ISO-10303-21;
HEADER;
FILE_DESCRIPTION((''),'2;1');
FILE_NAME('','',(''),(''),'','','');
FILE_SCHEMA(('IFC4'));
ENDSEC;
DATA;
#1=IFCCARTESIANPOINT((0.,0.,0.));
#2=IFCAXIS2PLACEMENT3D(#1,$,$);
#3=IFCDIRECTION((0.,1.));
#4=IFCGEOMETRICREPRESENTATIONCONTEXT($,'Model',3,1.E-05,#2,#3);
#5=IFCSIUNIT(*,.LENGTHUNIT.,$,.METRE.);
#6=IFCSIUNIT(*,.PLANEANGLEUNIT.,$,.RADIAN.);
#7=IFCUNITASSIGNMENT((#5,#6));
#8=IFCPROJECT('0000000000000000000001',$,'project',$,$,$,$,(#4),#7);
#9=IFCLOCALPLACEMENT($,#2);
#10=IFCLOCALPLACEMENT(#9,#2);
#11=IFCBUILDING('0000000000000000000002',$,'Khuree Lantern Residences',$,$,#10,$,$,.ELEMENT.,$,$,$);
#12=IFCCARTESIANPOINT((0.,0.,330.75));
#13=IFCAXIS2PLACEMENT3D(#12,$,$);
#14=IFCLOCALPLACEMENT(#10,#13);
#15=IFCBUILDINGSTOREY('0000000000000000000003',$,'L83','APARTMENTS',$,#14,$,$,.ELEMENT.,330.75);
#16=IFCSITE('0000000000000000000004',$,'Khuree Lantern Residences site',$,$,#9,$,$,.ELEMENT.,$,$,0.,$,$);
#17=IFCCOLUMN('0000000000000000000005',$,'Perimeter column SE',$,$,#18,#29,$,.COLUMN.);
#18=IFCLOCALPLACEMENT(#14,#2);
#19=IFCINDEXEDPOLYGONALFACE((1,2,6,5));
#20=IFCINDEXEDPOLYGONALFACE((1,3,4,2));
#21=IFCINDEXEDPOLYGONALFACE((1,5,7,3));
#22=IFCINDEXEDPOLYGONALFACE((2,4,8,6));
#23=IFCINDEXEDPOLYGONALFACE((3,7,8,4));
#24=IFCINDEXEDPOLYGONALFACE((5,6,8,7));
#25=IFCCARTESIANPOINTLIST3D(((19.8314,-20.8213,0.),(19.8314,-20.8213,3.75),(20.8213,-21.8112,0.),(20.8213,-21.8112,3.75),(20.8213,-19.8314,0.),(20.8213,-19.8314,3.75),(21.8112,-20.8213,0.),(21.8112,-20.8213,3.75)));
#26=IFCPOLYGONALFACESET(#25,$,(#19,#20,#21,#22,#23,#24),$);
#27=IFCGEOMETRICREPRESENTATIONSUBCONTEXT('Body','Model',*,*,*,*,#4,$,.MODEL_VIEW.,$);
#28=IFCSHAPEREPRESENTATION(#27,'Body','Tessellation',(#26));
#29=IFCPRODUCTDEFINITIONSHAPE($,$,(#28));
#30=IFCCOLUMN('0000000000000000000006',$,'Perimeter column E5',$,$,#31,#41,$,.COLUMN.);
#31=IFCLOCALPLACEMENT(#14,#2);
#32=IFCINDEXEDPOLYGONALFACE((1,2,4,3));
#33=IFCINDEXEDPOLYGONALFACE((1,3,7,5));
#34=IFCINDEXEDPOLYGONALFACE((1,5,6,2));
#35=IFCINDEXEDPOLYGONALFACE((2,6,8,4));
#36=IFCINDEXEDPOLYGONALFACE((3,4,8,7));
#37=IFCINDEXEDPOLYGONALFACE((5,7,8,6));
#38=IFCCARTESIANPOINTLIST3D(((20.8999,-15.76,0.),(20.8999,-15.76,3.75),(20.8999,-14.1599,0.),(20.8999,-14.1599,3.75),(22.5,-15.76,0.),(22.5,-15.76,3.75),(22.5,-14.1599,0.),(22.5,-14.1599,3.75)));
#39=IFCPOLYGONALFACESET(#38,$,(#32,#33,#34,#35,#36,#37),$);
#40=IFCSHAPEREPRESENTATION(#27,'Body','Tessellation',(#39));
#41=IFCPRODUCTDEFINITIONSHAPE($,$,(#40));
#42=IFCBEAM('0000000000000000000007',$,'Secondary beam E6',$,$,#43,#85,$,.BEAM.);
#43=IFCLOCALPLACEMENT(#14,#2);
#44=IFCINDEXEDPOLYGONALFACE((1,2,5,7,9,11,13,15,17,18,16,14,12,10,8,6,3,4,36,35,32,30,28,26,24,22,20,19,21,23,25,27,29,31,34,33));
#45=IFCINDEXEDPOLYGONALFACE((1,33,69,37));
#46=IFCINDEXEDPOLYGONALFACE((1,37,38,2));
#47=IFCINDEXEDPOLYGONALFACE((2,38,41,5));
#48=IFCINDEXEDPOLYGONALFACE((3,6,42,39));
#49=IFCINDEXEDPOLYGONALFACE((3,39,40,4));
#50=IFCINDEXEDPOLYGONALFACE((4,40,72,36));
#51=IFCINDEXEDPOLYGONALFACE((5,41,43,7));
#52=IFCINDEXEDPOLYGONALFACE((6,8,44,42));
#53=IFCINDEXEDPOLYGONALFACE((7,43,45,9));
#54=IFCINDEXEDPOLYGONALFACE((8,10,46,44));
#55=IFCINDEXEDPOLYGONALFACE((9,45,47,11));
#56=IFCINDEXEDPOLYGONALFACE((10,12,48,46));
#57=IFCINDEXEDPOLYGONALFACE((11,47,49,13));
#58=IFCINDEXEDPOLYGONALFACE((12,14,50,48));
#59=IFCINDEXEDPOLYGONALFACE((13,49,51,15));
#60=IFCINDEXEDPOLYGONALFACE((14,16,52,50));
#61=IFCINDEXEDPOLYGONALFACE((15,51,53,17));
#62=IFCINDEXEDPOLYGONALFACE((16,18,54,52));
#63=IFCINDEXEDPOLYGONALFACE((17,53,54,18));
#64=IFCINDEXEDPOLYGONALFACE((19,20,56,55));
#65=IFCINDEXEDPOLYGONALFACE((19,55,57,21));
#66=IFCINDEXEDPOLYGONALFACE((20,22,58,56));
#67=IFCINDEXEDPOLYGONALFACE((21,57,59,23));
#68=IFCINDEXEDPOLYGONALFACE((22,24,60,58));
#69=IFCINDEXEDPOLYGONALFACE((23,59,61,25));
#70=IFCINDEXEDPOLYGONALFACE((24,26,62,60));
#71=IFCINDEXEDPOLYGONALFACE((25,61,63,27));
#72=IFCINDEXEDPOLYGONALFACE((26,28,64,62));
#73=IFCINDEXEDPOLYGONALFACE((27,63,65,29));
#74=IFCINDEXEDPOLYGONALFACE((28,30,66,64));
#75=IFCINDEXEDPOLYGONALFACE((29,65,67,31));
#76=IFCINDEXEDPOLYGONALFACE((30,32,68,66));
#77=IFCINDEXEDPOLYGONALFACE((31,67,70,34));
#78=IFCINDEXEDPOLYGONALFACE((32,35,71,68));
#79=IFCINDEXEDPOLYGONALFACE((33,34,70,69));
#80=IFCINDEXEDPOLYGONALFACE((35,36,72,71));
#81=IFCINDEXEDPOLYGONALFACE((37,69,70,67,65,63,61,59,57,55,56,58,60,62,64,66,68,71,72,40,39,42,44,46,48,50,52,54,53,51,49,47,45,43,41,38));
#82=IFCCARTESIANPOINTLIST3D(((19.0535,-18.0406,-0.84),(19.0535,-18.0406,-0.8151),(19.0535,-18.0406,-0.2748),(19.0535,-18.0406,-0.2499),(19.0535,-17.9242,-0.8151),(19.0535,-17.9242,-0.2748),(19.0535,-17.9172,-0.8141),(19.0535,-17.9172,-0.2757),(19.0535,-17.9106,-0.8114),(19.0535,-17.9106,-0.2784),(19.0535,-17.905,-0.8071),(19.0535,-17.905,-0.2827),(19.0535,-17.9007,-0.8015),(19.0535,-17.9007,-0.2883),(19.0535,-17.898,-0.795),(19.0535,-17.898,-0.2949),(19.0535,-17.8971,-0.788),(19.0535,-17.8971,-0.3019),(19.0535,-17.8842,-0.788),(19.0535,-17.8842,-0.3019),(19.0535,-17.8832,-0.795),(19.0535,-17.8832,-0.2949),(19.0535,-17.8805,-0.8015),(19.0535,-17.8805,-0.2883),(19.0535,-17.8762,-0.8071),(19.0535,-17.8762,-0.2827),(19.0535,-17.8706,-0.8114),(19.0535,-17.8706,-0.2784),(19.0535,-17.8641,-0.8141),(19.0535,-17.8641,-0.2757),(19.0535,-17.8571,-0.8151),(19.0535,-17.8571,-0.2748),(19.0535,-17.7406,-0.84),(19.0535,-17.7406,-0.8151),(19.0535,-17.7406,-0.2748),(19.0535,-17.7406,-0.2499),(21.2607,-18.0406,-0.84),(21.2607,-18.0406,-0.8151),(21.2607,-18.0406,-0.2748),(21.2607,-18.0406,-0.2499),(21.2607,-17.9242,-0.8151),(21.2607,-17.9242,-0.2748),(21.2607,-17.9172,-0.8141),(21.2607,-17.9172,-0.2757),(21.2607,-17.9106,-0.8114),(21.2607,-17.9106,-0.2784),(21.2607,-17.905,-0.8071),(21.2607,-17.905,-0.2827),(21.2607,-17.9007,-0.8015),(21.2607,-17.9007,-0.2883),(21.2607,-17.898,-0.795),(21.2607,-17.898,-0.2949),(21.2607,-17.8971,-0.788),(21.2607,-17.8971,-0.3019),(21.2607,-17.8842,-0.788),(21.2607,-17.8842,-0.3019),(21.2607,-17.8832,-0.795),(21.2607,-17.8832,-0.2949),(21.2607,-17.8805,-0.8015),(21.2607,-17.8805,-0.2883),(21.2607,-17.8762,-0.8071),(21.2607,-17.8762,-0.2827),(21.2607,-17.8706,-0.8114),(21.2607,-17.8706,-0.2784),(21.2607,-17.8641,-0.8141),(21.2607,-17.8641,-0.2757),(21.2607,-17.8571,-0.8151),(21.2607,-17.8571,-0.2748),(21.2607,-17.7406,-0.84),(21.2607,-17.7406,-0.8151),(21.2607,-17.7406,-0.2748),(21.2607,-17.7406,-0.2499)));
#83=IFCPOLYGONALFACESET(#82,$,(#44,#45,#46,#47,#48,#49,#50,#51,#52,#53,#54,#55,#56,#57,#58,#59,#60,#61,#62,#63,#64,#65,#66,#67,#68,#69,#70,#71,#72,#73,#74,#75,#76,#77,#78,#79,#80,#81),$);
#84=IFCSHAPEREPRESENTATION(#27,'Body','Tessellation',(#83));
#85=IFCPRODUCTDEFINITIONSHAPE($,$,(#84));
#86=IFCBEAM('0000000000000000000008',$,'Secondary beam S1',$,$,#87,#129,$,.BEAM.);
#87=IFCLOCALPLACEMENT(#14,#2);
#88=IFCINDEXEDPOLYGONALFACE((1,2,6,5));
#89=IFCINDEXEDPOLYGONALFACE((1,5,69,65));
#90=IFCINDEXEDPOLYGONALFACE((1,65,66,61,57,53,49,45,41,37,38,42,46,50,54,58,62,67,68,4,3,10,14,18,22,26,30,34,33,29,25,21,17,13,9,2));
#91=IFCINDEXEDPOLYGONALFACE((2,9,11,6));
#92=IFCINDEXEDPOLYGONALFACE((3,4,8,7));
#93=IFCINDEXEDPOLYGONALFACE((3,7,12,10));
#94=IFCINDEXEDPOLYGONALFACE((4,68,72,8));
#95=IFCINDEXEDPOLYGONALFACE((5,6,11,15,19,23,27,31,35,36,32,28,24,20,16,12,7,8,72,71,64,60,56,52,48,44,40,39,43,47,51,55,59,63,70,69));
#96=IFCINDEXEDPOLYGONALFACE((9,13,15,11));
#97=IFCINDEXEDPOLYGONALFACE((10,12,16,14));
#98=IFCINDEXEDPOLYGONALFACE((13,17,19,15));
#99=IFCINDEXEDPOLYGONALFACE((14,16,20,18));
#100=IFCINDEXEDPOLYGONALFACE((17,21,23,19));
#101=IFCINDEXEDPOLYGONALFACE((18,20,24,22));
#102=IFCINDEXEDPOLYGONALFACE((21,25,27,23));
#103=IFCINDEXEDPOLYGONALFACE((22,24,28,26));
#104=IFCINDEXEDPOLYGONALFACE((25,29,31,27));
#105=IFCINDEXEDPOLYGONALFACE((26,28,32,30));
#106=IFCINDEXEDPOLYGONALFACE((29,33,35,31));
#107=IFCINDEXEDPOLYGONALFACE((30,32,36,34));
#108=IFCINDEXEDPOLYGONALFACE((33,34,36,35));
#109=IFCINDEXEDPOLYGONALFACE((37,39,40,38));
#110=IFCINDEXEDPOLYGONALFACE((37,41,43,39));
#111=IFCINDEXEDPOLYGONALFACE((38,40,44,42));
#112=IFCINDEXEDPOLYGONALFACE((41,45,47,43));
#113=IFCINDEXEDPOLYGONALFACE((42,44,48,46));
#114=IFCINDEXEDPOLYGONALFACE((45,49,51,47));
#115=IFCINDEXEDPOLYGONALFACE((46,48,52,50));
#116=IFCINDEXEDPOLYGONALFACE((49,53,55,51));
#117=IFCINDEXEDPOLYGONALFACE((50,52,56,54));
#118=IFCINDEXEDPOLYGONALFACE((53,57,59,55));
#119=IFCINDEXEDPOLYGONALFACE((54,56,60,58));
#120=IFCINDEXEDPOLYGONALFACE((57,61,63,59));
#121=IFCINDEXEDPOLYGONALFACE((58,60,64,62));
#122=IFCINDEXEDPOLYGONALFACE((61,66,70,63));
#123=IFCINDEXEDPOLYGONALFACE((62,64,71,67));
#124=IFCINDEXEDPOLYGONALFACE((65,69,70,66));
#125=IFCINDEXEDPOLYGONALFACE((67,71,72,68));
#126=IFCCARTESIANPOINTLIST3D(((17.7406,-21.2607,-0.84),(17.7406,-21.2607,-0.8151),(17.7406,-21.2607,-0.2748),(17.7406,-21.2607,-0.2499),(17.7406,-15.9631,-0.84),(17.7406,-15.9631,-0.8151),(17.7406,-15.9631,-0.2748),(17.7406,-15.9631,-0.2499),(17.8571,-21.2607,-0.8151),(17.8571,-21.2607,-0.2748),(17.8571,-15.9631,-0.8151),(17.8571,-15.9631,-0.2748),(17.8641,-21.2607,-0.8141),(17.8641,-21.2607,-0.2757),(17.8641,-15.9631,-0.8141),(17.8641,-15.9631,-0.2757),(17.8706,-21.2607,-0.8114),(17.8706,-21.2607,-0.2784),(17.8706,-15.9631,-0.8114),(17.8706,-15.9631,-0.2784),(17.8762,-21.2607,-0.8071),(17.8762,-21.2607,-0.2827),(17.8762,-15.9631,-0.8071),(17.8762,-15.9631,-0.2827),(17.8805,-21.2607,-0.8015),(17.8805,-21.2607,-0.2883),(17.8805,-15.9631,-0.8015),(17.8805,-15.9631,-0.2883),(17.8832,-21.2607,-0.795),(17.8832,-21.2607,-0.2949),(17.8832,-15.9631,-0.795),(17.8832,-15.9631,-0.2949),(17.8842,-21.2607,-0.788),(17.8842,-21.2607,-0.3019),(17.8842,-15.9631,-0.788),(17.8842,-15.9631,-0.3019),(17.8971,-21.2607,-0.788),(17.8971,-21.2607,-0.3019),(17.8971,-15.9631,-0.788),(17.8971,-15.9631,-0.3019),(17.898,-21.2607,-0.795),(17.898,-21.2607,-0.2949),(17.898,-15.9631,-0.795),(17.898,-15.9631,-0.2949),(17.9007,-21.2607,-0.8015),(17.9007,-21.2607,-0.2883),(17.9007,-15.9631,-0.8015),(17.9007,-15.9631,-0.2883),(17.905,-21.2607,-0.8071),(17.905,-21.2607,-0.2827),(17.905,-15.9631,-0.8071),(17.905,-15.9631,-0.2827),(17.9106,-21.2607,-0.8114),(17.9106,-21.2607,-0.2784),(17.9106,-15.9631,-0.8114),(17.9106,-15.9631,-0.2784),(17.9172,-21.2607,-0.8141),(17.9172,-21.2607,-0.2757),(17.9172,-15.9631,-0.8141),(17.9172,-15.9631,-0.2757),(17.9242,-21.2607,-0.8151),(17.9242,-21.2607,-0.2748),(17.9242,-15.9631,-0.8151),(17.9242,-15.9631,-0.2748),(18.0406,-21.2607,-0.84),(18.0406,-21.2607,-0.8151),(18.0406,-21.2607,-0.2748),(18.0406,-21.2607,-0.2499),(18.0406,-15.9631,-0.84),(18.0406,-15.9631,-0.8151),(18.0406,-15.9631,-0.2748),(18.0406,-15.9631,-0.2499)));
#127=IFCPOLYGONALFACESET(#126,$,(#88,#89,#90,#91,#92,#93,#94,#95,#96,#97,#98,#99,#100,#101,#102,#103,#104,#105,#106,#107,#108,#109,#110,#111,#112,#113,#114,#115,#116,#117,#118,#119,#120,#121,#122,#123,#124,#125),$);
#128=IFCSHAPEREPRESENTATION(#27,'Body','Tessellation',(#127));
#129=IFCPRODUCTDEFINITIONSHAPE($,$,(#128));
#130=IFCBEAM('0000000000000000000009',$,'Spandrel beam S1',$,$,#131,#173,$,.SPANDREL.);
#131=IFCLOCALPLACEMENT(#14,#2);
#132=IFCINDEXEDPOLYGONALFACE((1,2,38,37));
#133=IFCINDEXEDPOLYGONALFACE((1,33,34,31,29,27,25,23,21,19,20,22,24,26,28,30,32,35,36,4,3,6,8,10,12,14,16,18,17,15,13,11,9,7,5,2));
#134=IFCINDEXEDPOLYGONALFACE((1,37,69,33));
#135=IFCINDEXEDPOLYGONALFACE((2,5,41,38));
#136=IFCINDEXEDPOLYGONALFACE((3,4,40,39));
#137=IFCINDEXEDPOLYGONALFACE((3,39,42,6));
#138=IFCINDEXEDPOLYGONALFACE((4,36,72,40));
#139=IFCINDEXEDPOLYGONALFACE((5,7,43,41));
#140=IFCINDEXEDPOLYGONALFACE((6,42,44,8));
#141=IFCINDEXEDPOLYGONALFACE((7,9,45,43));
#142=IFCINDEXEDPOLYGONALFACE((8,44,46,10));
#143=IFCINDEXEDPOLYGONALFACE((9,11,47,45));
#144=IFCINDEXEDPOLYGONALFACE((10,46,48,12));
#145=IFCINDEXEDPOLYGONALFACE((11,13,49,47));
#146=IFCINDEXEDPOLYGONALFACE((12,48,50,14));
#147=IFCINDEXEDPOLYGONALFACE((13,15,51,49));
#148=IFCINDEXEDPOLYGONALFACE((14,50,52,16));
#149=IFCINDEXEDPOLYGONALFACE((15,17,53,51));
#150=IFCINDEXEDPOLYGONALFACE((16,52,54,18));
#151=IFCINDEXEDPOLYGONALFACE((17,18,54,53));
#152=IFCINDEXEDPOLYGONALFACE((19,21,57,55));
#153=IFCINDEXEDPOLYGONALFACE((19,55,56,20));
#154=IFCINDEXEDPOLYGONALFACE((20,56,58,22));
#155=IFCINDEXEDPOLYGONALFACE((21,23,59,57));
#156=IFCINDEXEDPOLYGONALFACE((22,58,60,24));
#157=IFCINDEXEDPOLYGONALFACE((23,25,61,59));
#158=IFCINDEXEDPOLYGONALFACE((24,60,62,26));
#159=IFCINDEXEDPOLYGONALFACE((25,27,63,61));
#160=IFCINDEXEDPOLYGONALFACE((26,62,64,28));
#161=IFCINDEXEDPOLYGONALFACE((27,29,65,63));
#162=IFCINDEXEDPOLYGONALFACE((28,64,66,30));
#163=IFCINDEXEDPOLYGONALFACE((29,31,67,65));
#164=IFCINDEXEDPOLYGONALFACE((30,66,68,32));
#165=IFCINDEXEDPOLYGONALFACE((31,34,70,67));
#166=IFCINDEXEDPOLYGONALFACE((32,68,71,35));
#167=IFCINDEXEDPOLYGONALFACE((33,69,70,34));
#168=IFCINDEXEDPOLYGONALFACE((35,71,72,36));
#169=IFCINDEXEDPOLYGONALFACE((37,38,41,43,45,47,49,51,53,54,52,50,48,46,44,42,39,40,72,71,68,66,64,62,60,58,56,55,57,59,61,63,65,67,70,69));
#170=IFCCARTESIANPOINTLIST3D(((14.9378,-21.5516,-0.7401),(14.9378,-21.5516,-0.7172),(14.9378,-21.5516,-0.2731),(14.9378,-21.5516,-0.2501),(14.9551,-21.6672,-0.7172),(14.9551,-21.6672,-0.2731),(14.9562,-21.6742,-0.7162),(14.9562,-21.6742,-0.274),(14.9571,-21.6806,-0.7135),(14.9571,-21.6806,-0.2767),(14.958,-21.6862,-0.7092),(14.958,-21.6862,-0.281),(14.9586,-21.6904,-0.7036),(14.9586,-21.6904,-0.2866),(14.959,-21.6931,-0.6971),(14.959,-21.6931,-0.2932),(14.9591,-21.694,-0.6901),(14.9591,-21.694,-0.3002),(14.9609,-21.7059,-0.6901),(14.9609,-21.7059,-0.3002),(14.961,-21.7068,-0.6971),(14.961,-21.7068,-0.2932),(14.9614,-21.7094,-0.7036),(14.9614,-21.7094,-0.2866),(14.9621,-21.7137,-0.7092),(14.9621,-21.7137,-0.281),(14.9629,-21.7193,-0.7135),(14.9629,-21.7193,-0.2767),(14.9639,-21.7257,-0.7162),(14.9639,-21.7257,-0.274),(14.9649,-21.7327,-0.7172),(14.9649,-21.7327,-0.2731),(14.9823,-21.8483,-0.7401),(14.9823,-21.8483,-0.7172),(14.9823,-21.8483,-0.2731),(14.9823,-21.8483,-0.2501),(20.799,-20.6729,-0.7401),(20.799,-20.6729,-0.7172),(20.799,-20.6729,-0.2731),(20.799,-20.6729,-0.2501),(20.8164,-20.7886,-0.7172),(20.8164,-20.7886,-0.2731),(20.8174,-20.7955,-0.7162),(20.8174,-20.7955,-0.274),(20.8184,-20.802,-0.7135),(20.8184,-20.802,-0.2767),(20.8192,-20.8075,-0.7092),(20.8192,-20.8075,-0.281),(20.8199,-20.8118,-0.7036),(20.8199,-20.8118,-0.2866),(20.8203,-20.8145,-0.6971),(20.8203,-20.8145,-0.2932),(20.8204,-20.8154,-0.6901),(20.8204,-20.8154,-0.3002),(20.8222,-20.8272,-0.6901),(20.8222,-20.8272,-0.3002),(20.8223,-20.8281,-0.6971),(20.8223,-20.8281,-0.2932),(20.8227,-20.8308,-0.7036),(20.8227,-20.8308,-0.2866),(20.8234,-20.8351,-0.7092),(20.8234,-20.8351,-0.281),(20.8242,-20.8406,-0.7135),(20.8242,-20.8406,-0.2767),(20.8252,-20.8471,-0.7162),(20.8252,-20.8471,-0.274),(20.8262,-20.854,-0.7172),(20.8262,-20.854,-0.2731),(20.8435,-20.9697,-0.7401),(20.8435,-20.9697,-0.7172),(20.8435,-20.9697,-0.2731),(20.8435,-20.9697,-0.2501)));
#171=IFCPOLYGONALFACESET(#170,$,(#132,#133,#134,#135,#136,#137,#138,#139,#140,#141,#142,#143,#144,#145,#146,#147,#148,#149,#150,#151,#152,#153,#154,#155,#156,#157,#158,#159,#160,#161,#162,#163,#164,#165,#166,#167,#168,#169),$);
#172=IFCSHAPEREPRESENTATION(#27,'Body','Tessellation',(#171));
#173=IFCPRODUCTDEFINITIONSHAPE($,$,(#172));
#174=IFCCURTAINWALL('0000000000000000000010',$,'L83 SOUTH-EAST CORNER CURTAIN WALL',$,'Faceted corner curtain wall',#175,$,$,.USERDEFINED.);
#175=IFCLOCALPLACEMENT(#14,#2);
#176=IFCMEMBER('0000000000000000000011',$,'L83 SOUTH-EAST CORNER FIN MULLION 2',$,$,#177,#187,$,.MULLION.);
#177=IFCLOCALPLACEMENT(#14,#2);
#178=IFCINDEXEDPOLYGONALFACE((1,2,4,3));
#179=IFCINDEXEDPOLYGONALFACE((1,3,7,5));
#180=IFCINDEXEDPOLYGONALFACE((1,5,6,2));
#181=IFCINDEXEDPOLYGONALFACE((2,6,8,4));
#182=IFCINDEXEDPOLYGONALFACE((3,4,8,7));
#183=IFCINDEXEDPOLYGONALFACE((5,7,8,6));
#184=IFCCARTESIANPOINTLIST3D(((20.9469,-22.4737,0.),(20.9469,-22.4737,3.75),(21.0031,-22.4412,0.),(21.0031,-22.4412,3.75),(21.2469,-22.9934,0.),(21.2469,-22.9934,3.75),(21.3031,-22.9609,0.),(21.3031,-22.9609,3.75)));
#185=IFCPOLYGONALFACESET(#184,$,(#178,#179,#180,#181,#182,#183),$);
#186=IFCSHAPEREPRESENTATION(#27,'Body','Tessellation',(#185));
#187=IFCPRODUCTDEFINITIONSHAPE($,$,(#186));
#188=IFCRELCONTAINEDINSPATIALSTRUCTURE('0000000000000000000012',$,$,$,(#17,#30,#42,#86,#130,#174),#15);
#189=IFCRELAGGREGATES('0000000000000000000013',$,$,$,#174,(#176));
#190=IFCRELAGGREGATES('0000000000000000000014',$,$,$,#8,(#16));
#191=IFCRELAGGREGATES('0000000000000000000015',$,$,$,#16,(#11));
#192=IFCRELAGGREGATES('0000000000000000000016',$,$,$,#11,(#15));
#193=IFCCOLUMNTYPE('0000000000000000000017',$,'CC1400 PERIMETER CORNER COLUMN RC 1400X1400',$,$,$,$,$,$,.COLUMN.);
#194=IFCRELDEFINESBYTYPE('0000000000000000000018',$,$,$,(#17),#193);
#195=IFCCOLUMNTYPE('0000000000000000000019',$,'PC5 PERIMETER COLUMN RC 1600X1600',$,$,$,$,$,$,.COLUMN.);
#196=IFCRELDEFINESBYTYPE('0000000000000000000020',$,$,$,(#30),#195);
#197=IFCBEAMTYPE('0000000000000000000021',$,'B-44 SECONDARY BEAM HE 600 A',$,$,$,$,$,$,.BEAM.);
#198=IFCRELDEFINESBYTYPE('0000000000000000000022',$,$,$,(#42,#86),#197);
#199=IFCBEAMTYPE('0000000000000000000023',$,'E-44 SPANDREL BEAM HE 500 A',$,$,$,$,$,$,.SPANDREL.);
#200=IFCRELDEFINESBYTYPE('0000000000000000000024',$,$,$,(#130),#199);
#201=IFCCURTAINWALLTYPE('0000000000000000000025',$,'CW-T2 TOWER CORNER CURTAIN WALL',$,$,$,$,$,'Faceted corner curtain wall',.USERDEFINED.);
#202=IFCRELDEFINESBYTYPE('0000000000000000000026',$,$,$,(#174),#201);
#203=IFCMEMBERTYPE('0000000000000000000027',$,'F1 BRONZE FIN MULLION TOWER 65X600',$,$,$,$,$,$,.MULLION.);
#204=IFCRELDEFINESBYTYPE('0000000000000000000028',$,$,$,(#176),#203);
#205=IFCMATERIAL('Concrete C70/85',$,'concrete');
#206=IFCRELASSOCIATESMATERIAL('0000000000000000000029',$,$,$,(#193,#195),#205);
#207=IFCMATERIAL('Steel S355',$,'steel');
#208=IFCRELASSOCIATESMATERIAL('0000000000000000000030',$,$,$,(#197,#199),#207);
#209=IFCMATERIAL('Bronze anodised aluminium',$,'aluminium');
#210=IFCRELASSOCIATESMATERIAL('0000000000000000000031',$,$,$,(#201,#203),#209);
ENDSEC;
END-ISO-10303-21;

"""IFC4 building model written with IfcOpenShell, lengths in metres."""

from ifc_helpers import new_model, si_unit, direction, frame, origin, origin_2d, place, context, subcontext, project, spatial, rectangle, i_section, extrude, material, material_profile, profile_set, type_object, element, aggregate, save


model = new_model("IFC4")

# Units and contexts
model_context = context("Model", 3, precision=1e-05, world=origin(), true_north=direction((0.0, 1.0)))
body_context = subcontext(model_context, "Body", "Model", "MODEL_VIEW")
ifc_project = project(units=[si_unit("LENGTHUNIT", "METRE"), si_unit("PLANEANGLEUNIT", "RADIAN")], contexts=[model_context])

# Site, building, storey
site_placement = place(None, origin())
site = spatial("IfcSite", under=ifc_project, at=site_placement, Name="Khuree Lantern Residences site", CompositionType="ELEMENT", RefElevation=0.0)
building_placement = place(site_placement, origin())
building = spatial("IfcBuilding", under=site, at=building_placement, Name="Khuree Lantern Residences", CompositionType="ELEMENT")
storey_placement = place(building_placement, frame((0.0, 0.0, 330.75)))
storey = spatial("IfcBuildingStorey", under=building, at=storey_placement, Name="L83", Description="APARTMENTS", CompositionType="ELEMENT", Elevation=330.75)

# Columns
ifc_material_1 = material(Name="Concrete C70/85", Category="concrete")
ifc_material_profile_1 = material_profile(ifc_material_1, rectangle(XDim=1.3999, YDim=1.3999, at=origin_2d()), Name="RC 1400X1400")
ifc_profile_set_1 = profile_set([ifc_material_profile_1], Name="Concrete C70/85")
column_type_1 = type_object("IfcColumnType", Name="CC1400 PERIMETER CORNER COLUMN RC 1400X1400", PredefinedType="COLUMN", material=ifc_profile_set_1)
column_1_placement = place(storey_placement, frame((20.8213, -20.8213, 0.0), z_axis=(0.0, 0.0, 1.0), x_axis=(0.707107, 0.707107, 0.0)))
element("IfcColumn", 1, at=column_1_placement, inside=storey, type_object=column_type_1, Name="Perimeter column SE", PredefinedType="COLUMN", context=body_context, shape_type="SweptSolid", body=[
    extrude(rectangle(XDim=1.3999, YDim=1.3999, at=origin_2d()), origin(), (0.0, 0.0, 1.0), 3.75),
])
ifc_material_profile_2 = material_profile(ifc_material_1, rectangle(XDim=1.6001, YDim=1.6001, at=origin_2d()), Name="RC 1600X1600")
ifc_profile_set_2 = profile_set([ifc_material_profile_2], Name="Concrete C70/85")
column_type_2 = type_object("IfcColumnType", Name="PC5 PERIMETER COLUMN RC 1600X1600", PredefinedType="COLUMN", material=ifc_profile_set_2)
column_2_placement = place(storey_placement, frame((21.7, -14.96, 0.0), z_axis=(0.0, 0.0, 1.0), x_axis=(0.0, 1.0, 0.0)))
element("IfcColumn", 2, at=column_2_placement, inside=storey, type_object=column_type_2, Name="Perimeter column E5", PredefinedType="COLUMN", context=body_context, shape_type="SweptSolid", body=[
    extrude(rectangle(XDim=1.6001, YDim=1.6001, at=origin_2d()), origin(), (0.0, 0.0, 1.0), 3.75),
])

# Beams
ifc_material_2 = material(Name="Steel S355", Category="steel")
ifc_material_profile_3 = material_profile(ifc_material_2, i_section(OverallWidth=0.3, OverallDepth=0.5901, WebThickness=0.0129, FlangeThickness=0.0249, FilletRadius=0.0271, at=origin_2d()), Name="HE 600 A")
ifc_profile_set_3 = profile_set([ifc_material_profile_3], Name="Steel S355")
beam_type_1 = type_object("IfcBeamType", Name="B-44 SECONDARY BEAM HE 600 A", PredefinedType="BEAM", material=ifc_profile_set_3)
beam_1_placement = place(storey_placement, frame((21.2607, -17.8906, -0.5449), z_axis=(-1.0, 0.0, 0.0), x_axis=(0.0, -1.0, 0.0)))
element("IfcBeam", 3, at=beam_1_placement, inside=storey, type_object=beam_type_1, Name="Secondary beam E6", PredefinedType="BEAM", context=body_context, shape_type="SweptSolid", body=[
    extrude(i_section(OverallWidth=0.3, OverallDepth=0.5901, WebThickness=0.0129, FlangeThickness=0.0249, FilletRadius=0.0271, at=origin_2d()), origin(), (0.0, 0.0, 1.0), 2.2073),
])
beam_2_placement = place(storey_placement, frame((17.8906, -21.2607, -0.5449), z_axis=(0.0, 1.0, 0.0), x_axis=(-1.0, 0.0, 0.0)))
element("IfcBeam", 4, at=beam_2_placement, inside=storey, type_object=beam_type_1, Name="Secondary beam S1", PredefinedType="BEAM", context=body_context, shape_type="SweptSolid", body=[
    extrude(i_section(OverallWidth=0.3, OverallDepth=0.5901, WebThickness=0.0129, FlangeThickness=0.0249, FilletRadius=0.0271, at=origin_2d()), origin(), (0.0, 0.0, 1.0), 5.2976),
])
ifc_material_profile_4 = material_profile(ifc_material_2, i_section(OverallWidth=0.3, OverallDepth=0.49, WebThickness=0.012, FlangeThickness=0.0229, FilletRadius=0.0271, at=origin_2d()), Name="HE 500 A")
ifc_profile_set_4 = profile_set([ifc_material_profile_4], Name="Steel S355")
beam_type_2 = type_object("IfcBeamType", Name="E-44 SPANDREL BEAM HE 500 A", PredefinedType="SPANDREL", material=ifc_profile_set_4)
beam_3_placement = place(storey_placement, frame((20.8213, -20.8213, -0.4951), z_axis=(-0.98895, -0.148252, 0.0), x_axis=(0.148252, -0.98895, 0.0)))
element("IfcBeam", 5, at=beam_3_placement, inside=storey, type_object=beam_type_2, Name="Spandrel beam S1", PredefinedType="SPANDREL", context=body_context, shape_type="SweptSolid", body=[
    extrude(i_section(OverallWidth=0.3, OverallDepth=0.49, WebThickness=0.012, FlangeThickness=0.0229, FilletRadius=0.0271, at=origin_2d()), origin(), (0.0, 0.0, 1.0), 5.9268),
])

# Curtain wall, member
ifc_material_3 = material(Name="Bronze anodised aluminium", Category="aluminium")
curtain_wall_type_1 = type_object("IfcCurtainWallType", Name="CW-T2 TOWER CORNER CURTAIN WALL", ElementType="Faceted corner curtain wall", PredefinedType="USERDEFINED", material=ifc_material_3)
curtain_wall_1_placement = place(storey_placement, origin())
curtain_wall_1 = element("IfcCurtainWall", 6, at=curtain_wall_1_placement, inside=storey, type_object=curtain_wall_type_1, Name="L83 SOUTH-EAST CORNER CURTAIN WALL", ObjectType="Faceted corner curtain wall", PredefinedType="USERDEFINED")
ifc_material_profile_5 = material_profile(ifc_material_3, rectangle(XDim=0.0649, YDim=0.6001, at=origin_2d()), Name="F1 65X600")
ifc_profile_set_5 = profile_set([ifc_material_profile_5], Name="Bronze anodised aluminium")
member_type_1 = type_object("IfcMemberType", Name="F1 BRONZE FIN MULLION TOWER 65X600", PredefinedType="MULLION", material=ifc_profile_set_5)
member_1_placement = place(storey_placement, frame((21.125, -22.7173, 0.0), z_axis=(0.0, 0.0, 1.0), x_axis=(0.866025, 0.5, 0.0)))
member_1 = element("IfcMember", 7, at=member_1_placement, type_object=member_type_1, Name="L83 SOUTH-EAST CORNER FIN MULLION 2", PredefinedType="MULLION", context=body_context, shape_type="SweptSolid", body=[
    extrude(rectangle(XDim=0.0649, YDim=0.6001, at=origin_2d()), origin(), (0.0, 0.0, 1.0), 3.75),
])

aggregate(curtain_wall_1, [member_1])

save(model, "model.ifc")
